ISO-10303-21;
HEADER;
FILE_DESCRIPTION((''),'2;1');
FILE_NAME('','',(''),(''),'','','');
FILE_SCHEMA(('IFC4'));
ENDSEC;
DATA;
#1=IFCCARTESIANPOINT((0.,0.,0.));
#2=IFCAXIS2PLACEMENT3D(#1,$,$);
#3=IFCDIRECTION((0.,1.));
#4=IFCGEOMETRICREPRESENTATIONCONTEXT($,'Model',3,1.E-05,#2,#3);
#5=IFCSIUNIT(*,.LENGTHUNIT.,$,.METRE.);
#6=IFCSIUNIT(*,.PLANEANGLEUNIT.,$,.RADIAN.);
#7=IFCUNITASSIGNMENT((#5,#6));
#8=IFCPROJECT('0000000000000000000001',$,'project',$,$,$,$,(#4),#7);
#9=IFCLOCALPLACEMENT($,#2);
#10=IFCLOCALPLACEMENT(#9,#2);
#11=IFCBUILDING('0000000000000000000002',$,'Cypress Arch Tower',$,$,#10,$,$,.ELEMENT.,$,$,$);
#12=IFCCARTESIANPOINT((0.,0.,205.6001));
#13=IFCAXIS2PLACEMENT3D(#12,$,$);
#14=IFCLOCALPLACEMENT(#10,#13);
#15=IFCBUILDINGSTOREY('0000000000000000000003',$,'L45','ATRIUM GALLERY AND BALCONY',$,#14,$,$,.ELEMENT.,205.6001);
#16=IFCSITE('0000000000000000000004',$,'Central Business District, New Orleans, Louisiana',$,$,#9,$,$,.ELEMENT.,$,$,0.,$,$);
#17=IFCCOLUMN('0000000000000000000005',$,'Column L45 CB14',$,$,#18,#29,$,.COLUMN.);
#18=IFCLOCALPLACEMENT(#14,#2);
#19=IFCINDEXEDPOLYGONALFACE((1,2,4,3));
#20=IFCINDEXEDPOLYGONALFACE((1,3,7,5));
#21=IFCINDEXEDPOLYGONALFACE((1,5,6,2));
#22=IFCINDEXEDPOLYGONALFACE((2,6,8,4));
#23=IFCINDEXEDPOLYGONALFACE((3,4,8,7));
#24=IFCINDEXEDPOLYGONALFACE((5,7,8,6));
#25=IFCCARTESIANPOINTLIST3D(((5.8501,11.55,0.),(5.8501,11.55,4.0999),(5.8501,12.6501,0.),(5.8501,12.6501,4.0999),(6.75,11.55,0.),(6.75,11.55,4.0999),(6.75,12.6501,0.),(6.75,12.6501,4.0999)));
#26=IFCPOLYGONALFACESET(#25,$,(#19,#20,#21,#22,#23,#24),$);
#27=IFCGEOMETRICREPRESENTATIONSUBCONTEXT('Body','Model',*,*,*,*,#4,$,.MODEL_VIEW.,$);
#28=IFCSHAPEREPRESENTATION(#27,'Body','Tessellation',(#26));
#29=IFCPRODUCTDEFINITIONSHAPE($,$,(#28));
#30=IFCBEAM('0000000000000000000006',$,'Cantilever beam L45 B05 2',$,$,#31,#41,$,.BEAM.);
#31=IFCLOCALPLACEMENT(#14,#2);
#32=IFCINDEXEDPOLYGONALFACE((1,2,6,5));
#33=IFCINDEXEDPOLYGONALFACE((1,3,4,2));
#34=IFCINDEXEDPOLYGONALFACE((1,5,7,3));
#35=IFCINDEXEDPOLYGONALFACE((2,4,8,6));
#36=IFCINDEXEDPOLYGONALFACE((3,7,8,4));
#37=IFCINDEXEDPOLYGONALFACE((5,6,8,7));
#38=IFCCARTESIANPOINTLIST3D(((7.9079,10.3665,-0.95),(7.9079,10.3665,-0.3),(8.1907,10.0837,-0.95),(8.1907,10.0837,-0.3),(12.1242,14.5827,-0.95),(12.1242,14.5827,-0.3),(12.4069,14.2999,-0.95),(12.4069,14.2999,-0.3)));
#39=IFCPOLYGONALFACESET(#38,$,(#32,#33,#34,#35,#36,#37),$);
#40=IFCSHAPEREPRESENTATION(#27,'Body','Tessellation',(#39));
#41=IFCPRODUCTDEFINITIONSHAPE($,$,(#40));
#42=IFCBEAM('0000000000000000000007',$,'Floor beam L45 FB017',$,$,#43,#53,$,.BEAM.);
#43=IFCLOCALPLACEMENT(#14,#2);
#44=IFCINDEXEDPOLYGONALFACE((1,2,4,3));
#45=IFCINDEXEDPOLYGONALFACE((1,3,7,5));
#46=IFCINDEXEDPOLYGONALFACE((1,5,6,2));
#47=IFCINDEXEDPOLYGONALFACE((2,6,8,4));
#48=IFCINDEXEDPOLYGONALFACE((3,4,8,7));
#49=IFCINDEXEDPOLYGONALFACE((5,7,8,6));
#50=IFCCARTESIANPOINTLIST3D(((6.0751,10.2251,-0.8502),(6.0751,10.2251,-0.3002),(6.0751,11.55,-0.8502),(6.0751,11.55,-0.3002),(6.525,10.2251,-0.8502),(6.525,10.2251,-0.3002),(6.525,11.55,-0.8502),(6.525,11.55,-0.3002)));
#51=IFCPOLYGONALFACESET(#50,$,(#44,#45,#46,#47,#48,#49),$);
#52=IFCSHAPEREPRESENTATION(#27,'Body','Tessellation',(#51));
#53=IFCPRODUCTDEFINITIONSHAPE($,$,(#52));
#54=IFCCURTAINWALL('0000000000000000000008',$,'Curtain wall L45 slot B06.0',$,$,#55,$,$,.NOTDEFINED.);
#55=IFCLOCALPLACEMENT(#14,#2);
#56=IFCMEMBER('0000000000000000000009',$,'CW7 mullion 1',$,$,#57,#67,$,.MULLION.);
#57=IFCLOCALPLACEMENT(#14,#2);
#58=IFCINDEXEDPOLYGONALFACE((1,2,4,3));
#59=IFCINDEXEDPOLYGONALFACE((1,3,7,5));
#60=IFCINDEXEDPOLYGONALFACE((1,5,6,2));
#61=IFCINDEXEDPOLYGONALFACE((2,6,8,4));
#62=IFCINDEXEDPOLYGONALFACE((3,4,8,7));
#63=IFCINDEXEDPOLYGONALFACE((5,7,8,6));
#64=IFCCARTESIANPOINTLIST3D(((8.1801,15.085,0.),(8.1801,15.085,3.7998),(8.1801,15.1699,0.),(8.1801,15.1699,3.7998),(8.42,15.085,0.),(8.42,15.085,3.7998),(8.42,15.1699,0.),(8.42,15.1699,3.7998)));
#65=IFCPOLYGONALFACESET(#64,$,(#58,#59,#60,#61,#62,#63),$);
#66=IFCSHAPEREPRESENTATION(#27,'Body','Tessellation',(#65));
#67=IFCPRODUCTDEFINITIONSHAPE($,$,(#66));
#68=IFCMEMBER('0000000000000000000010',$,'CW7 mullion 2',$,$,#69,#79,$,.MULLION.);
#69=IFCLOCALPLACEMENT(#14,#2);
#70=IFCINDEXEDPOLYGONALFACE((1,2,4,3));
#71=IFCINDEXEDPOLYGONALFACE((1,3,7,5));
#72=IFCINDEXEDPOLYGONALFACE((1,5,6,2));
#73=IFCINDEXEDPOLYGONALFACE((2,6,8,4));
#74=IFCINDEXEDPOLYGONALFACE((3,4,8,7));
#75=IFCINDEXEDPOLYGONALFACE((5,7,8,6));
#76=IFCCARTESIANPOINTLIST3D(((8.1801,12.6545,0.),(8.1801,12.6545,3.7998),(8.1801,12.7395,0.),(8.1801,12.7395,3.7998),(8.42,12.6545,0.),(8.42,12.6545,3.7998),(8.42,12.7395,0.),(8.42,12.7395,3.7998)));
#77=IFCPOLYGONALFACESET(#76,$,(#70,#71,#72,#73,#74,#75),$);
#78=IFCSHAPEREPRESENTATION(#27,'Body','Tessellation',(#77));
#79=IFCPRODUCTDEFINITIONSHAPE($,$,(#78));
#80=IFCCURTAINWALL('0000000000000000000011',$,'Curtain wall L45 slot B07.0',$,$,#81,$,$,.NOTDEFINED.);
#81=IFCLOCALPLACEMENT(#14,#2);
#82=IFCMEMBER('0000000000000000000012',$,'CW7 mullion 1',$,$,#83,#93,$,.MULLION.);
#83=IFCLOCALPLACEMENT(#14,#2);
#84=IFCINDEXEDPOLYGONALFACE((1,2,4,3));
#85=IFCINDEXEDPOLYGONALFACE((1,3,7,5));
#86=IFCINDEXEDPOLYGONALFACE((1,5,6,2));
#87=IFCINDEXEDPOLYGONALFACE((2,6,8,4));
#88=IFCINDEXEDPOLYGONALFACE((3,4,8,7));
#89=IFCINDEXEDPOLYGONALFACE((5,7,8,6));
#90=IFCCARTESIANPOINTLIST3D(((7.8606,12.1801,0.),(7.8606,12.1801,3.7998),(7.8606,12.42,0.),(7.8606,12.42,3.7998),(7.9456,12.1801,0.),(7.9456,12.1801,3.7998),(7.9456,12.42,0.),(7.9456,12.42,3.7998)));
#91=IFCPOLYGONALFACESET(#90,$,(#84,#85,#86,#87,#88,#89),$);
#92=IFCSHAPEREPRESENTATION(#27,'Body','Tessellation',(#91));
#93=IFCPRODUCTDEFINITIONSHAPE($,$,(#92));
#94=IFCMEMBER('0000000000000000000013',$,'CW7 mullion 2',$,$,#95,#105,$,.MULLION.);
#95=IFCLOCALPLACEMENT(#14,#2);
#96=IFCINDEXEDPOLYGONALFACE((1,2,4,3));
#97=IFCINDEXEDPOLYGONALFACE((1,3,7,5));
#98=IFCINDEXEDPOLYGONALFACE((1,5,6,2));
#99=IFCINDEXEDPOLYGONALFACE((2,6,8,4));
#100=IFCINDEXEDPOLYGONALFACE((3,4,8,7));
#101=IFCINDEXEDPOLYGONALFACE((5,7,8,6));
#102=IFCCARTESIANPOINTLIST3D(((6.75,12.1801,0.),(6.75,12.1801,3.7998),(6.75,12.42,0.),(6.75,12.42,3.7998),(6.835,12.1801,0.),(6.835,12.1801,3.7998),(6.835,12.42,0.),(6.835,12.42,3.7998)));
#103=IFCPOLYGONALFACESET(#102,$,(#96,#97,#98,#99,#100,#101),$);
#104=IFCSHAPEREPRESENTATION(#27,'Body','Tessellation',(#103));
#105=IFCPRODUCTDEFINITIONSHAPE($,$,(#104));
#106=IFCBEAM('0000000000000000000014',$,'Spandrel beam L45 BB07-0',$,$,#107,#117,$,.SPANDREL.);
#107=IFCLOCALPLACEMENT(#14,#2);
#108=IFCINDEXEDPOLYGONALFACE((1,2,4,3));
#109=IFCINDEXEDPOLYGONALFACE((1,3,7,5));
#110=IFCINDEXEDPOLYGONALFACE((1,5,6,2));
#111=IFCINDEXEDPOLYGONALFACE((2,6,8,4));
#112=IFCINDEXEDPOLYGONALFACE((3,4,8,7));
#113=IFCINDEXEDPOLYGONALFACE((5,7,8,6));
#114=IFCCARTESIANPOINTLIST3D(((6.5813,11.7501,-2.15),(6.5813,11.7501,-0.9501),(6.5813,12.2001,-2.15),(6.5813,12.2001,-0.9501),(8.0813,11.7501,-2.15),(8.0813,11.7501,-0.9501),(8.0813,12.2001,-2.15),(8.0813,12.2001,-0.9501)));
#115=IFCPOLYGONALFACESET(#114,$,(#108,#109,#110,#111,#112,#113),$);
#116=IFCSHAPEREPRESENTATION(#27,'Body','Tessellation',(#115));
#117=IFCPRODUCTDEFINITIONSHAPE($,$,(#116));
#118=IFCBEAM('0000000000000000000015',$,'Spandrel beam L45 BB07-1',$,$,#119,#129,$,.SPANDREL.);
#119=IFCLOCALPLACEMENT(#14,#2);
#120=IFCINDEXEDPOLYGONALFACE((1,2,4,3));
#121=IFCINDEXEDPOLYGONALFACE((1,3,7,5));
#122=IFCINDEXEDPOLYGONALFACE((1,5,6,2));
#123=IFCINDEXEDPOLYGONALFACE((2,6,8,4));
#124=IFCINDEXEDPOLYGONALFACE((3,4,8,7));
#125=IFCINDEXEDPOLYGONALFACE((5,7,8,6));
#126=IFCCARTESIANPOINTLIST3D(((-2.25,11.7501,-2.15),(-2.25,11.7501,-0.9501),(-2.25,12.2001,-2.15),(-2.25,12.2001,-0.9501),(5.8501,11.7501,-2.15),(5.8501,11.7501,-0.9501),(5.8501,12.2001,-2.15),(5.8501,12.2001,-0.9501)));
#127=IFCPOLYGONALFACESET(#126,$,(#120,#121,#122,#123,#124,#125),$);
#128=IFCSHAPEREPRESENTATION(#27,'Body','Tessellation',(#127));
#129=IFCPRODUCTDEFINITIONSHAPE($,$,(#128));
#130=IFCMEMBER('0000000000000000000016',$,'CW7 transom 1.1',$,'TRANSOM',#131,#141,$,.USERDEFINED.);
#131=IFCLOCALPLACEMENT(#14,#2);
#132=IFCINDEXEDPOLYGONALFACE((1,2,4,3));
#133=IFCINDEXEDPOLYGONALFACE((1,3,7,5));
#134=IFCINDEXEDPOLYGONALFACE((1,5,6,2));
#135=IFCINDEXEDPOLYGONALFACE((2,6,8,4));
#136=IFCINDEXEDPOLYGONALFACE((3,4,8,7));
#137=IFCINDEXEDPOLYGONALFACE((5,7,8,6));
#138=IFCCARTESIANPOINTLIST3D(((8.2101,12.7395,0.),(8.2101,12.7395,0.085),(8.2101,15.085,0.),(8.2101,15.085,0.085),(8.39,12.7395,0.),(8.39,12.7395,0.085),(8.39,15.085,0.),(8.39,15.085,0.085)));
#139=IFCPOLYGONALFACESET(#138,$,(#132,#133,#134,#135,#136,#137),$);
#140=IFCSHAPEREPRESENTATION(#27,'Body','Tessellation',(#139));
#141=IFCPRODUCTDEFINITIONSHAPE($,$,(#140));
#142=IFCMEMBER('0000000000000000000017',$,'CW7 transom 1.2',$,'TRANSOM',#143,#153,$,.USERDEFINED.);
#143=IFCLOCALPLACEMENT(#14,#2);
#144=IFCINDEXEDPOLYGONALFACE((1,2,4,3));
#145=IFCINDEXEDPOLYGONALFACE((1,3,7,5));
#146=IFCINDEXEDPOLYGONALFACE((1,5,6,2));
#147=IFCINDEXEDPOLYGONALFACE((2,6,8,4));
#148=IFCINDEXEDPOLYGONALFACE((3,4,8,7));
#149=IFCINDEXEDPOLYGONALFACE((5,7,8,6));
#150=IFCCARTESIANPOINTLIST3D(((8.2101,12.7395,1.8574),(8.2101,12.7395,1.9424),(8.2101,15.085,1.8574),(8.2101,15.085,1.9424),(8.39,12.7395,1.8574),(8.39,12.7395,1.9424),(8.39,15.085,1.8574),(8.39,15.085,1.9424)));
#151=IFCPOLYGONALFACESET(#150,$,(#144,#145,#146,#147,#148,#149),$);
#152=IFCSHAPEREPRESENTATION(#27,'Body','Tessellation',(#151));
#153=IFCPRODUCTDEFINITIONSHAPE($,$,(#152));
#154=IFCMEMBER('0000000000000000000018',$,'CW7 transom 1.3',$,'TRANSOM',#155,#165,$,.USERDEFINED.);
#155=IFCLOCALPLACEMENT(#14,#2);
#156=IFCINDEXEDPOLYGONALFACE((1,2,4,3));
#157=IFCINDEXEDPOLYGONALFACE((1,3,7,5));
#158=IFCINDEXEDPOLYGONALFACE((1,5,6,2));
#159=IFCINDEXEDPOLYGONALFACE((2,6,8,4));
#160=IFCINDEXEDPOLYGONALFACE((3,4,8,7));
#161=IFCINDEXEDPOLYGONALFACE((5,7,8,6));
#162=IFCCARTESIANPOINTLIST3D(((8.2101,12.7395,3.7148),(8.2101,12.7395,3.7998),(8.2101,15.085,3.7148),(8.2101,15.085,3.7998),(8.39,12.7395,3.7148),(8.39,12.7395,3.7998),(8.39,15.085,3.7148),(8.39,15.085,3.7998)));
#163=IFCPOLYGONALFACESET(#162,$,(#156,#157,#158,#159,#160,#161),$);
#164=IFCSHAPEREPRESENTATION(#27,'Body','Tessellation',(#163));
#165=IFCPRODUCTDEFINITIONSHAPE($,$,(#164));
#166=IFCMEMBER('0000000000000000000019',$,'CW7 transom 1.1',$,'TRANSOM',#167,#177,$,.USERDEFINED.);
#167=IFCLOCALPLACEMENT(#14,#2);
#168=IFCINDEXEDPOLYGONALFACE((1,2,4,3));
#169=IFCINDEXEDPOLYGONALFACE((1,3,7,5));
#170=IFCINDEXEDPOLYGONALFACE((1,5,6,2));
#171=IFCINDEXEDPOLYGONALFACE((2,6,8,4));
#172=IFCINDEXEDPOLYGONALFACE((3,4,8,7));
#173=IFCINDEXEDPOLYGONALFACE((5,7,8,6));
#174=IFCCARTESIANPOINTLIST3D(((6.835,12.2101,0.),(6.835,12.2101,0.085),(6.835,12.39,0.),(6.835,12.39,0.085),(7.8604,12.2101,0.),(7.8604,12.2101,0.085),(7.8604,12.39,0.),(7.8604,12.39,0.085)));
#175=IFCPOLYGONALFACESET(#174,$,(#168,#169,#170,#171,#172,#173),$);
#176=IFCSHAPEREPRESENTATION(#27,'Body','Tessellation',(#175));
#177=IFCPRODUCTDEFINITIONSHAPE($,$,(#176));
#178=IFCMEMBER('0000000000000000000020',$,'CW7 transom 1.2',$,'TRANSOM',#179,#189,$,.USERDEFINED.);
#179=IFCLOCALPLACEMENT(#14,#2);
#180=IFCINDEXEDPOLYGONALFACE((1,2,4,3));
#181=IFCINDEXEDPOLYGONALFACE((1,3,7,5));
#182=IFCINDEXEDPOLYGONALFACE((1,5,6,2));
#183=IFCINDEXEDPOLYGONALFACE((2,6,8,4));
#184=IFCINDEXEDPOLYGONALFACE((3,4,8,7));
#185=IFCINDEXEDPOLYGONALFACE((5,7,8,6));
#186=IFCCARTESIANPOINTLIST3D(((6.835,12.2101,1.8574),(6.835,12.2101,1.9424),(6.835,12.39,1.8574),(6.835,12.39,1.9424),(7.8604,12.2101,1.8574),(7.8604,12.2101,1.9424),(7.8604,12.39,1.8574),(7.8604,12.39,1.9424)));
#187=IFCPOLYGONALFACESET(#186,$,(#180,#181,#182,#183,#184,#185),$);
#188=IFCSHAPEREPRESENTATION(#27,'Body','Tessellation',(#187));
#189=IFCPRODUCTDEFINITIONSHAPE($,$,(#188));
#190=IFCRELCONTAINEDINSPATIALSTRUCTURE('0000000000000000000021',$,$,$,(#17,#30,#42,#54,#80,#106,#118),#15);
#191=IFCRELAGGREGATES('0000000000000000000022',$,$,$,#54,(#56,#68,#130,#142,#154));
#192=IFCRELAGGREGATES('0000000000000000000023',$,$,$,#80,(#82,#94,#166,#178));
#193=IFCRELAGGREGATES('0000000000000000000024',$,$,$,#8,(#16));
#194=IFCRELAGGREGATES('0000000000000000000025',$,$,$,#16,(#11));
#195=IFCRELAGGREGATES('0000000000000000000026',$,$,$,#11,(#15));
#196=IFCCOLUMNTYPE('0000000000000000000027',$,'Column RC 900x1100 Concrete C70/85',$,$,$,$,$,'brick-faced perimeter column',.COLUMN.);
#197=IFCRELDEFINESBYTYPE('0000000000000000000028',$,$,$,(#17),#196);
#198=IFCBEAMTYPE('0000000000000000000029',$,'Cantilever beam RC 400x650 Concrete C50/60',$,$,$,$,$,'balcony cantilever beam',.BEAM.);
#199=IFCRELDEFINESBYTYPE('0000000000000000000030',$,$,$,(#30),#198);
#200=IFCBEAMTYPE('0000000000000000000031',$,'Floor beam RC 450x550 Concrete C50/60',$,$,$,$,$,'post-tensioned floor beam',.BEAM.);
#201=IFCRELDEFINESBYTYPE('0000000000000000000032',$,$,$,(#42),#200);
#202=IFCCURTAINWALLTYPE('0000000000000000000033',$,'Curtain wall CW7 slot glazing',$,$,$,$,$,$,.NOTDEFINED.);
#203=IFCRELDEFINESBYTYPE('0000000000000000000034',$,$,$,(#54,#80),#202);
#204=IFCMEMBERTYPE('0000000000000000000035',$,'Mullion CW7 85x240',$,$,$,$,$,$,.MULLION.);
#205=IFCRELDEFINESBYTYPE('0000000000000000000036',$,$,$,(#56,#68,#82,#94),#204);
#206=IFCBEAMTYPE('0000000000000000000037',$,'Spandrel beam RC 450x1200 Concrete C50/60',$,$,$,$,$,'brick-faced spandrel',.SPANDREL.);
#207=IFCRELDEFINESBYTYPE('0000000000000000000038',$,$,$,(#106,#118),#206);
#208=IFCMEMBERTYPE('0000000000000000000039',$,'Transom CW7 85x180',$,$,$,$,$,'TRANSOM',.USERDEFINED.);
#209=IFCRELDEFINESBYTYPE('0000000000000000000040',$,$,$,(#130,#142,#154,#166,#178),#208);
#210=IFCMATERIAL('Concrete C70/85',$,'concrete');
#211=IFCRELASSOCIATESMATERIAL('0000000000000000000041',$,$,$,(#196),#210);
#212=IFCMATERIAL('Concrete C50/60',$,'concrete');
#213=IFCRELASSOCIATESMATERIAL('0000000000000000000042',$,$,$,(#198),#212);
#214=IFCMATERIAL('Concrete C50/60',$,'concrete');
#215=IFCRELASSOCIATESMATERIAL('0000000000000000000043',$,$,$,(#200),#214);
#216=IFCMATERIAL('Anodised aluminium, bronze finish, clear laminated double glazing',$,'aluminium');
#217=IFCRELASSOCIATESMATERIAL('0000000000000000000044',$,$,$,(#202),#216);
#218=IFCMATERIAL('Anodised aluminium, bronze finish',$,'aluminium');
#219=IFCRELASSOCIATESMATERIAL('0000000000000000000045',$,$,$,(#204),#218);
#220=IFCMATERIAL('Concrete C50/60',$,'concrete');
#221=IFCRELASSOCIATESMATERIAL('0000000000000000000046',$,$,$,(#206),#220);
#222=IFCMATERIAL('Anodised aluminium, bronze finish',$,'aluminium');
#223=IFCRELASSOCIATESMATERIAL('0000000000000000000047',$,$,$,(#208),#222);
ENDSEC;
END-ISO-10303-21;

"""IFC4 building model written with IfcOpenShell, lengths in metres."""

from ifc_helpers import new_model, si_unit, direction, frame, origin, origin_2d, place, context, subcontext, project, spatial, rectangle, extrude, material, material_profile, profile_set, type_object, element, aggregate, save


model = new_model("IFC4")

# Units and contexts
model_context = context("Model", 3, precision=1e-05, world=origin(), true_north=direction((0.0, 1.0)))
body_context = subcontext(model_context, "Body", "Model", "MODEL_VIEW")
ifc_project = project(units=[si_unit("LENGTHUNIT", "METRE"), si_unit("PLANEANGLEUNIT", "RADIAN")], contexts=[model_context])

# Site, building, storey
site_placement = place(None, origin())
site = spatial("IfcSite", under=ifc_project, at=site_placement, Name="Central Business District, New Orleans, Louisiana", CompositionType="ELEMENT", RefElevation=0.0)
building_placement = place(site_placement, origin())
building = spatial("IfcBuilding", under=site, at=building_placement, Name="Cypress Arch Tower", CompositionType="ELEMENT")
storey_placement = place(building_placement, frame((0.0, 0.0, 205.6001)))
storey = spatial("IfcBuildingStorey", under=building, at=storey_placement, Name="L45", Description="ATRIUM GALLERY AND BALCONY", CompositionType="ELEMENT", Elevation=205.6001)

# Column
ifc_material_1 = material(Name="Concrete C70/85", Category="concrete")
ifc_material_profile_1 = material_profile(ifc_material_1, rectangle(XDim=0.8999, YDim=1.1001, at=origin_2d()), Name="RC 900x1100")
ifc_profile_set_1 = profile_set([ifc_material_profile_1], Name="Concrete C70/85")
column_type = type_object("IfcColumnType", Name="Column RC 900x1100 Concrete C70/85", ElementType="brick-faced perimeter column", PredefinedType="COLUMN", material=ifc_profile_set_1)
column_placement = place(storey_placement, frame((6.3, 12.1001, 0.0), z_axis=(0.0, 0.0, 1.0), x_axis=(-1.0, 0.0, 0.0)))
element("IfcColumn", 1, at=column_placement, inside=storey, type_object=column_type, Name="Column L45 CB14", PredefinedType="COLUMN", context=body_context, shape_type="SweptSolid", body=[
    extrude(rectangle(XDim=0.8999, YDim=1.1001, at=origin_2d()), origin(), (0.0, 0.0, 1.0), 4.0999),
])

# Beams
ifc_material_2 = material(Name="Concrete C50/60", Category="concrete")
ifc_material_profile_2 = material_profile(ifc_material_2, rectangle(XDim=0.3999, YDim=0.6499, at=origin_2d()), Name="RC 400x650")
ifc_profile_set_2 = profile_set([ifc_material_profile_2], Name="Concrete C50/60")
beam_type_1 = type_object("IfcBeamType", Name="Cantilever beam RC 400x650 Concrete C50/60", ElementType="balcony cantilever beam", PredefinedType="BEAM", material=ifc_profile_set_2)
beam_1_placement = place(storey_placement, frame((8.0493, 10.2251, -0.625), z_axis=(0.707107, 0.707107, 0.0), x_axis=(-0.707107, 0.707107, 0.0)))
element("IfcBeam", 2, at=beam_1_placement, inside=storey, type_object=beam_type_1, Name="Cantilever beam L45 B05 2", PredefinedType="BEAM", context=body_context, shape_type="SweptSolid", body=[
    extrude(rectangle(XDim=0.3999, YDim=0.6499, at=origin_2d()), origin(), (0.0, 0.0, 1.0), 5.9626),
])
ifc_material_3 = material(Name="Concrete C50/60", Category="concrete")
ifc_material_profile_3 = material_profile(ifc_material_3, rectangle(XDim=0.45, YDim=0.55, at=origin_2d()), Name="RC 450x550")
ifc_profile_set_3 = profile_set([ifc_material_profile_3], Name="Concrete C50/60")
beam_type_2 = type_object("IfcBeamType", Name="Floor beam RC 450x550 Concrete C50/60", ElementType="post-tensioned floor beam", PredefinedType="BEAM", material=ifc_profile_set_3)
beam_2_placement = place(storey_placement, frame((6.3, 10.2251, -0.5752), z_axis=(0.0, 1.0, 0.0), x_axis=(-1.0, 0.0, 0.0)))
element("IfcBeam", 3, at=beam_2_placement, inside=storey, type_object=beam_type_2, Name="Floor beam L45 FB017", PredefinedType="BEAM", context=body_context, shape_type="SweptSolid", body=[
    extrude(rectangle(XDim=0.45, YDim=0.55, at=origin_2d()), origin(), (0.0, 0.0, 1.0), 1.325),
])

# Curtain walls, members
ifc_material_4 = material(Name="Anodised aluminium, bronze finish, clear laminated double glazing", Category="aluminium")
curtain_wall_type = type_object("IfcCurtainWallType", Name="Curtain wall CW7 slot glazing", PredefinedType="NOTDEFINED", material=ifc_material_4)
curtain_wall_1_placement = place(storey_placement, origin())
curtain_wall_1 = element("IfcCurtainWall", 4, at=curtain_wall_1_placement, inside=storey, type_object=curtain_wall_type, Name="Curtain wall L45 slot B06.0", PredefinedType="NOTDEFINED")
ifc_material_5 = material(Name="Anodised aluminium, bronze finish", Category="aluminium")
ifc_material_profile_4 = material_profile(ifc_material_5, rectangle(XDim=0.24, YDim=0.085, at=origin_2d()), Name="Mullion 85x240")
ifc_profile_set_4 = profile_set([ifc_material_profile_4], Name="Anodised aluminium, bronze finish")
member_type_1 = type_object("IfcMemberType", Name="Mullion CW7 85x240", PredefinedType="MULLION", material=ifc_profile_set_4)
member_1_placement = place(storey_placement, frame((8.3, 15.1274, 0.0), z_axis=(0.0, 0.0, 1.0), x_axis=(1.0, 0.0, 0.0)))
member_1 = element("IfcMember", 5, at=member_1_placement, type_object=member_type_1, Name="CW7 mullion 1", PredefinedType="MULLION", context=body_context, shape_type="SweptSolid", body=[
    extrude(rectangle(XDim=0.24, YDim=0.085, at=origin_2d()), origin(), (0.0, 0.0, 1.0), 3.7998),
])
member_2_placement = place(storey_placement, frame((8.3, 12.697, 0.0), z_axis=(0.0, 0.0, 1.0), x_axis=(1.0, 0.0, 0.0)))
member_2 = element("IfcMember", 6, at=member_2_placement, type_object=member_type_1, Name="CW7 mullion 2", PredefinedType="MULLION", context=body_context, shape_type="SweptSolid", body=[
    extrude(rectangle(XDim=0.24, YDim=0.085, at=origin_2d()), origin(), (0.0, 0.0, 1.0), 3.7998),
])
curtain_wall_2_placement = place(storey_placement, origin())
curtain_wall_2 = element("IfcCurtainWall", 7, at=curtain_wall_2_placement, inside=storey, type_object=curtain_wall_type, Name="Curtain wall L45 slot B07.0", PredefinedType="NOTDEFINED")
member_3_placement = place(storey_placement, frame((7.9031, 12.3, 0.0), z_axis=(0.0, 0.0, 1.0), x_axis=(0.0, -1.0, 0.0)))
member_3 = element("IfcMember", 8, at=member_3_placement, type_object=member_type_1, Name="CW7 mullion 1", PredefinedType="MULLION", context=body_context, shape_type="SweptSolid", body=[
    extrude(rectangle(XDim=0.24, YDim=0.085, at=origin_2d()), origin(), (0.0, 0.0, 1.0), 3.7998),
])
member_4_placement = place(storey_placement, frame((6.7925, 12.3, 0.0), z_axis=(0.0, 0.0, 1.0), x_axis=(0.0, -1.0, 0.0)))
member_4 = element("IfcMember", 9, at=member_4_placement, type_object=member_type_1, Name="CW7 mullion 2", PredefinedType="MULLION", context=body_context, shape_type="SweptSolid", body=[
    extrude(rectangle(XDim=0.24, YDim=0.085, at=origin_2d()), origin(), (0.0, 0.0, 1.0), 3.7998),
])

# Beams
ifc_material_6 = material(Name="Concrete C50/60", Category="concrete")
ifc_material_profile_5 = material_profile(ifc_material_6, rectangle(XDim=0.45, YDim=1.2, at=origin_2d()), Name="RC 450x1200")
ifc_profile_set_5 = profile_set([ifc_material_profile_5], Name="Concrete C50/60")
beam_type_3 = type_object("IfcBeamType", Name="Spandrel beam RC 450x1200 Concrete C50/60", ElementType="brick-faced spandrel", PredefinedType="SPANDREL", material=ifc_profile_set_5)
beam_3_placement = place(storey_placement, frame((8.0813, 11.9751, -1.55), z_axis=(-1.0, 0.0, 0.0), x_axis=(0.0, -1.0, 0.0)))
element("IfcBeam", 10, at=beam_3_placement, inside=storey, type_object=beam_type_3, Name="Spandrel beam L45 BB07-0", PredefinedType="SPANDREL", context=body_context, shape_type="SweptSolid", body=[
    extrude(rectangle(XDim=0.45, YDim=1.2, at=origin_2d()), origin(), (0.0, 0.0, 1.0), 1.5),
])
beam_4_placement = place(storey_placement, frame((5.8501, 11.9751, -1.55), z_axis=(-1.0, 0.0, 0.0), x_axis=(0.0, -1.0, 0.0)))
element("IfcBeam", 11, at=beam_4_placement, inside=storey, type_object=beam_type_3, Name="Spandrel beam L45 BB07-1", PredefinedType="SPANDREL", context=body_context, shape_type="SweptSolid", body=[
    extrude(rectangle(XDim=0.45, YDim=1.2, at=origin_2d()), origin(), (0.0, 0.0, 1.0), 8.1001),
])

# Members
ifc_material_7 = material(Name="Anodised aluminium, bronze finish", Category="aluminium")
ifc_material_profile_6 = material_profile(ifc_material_7, rectangle(XDim=0.1799, YDim=0.085, at=origin_2d()), Name="Transom 85x180")
ifc_profile_set_6 = profile_set([ifc_material_profile_6], Name="Anodised aluminium, bronze finish")
member_type_2 = type_object("IfcMemberType", Name="Transom CW7 85x180", ElementType="TRANSOM", PredefinedType="USERDEFINED", material=ifc_profile_set_6)
member_5_placement = place(storey_placement, frame((8.3, 15.085, 0.0425), z_axis=(0.0, -1.0, 0.0), x_axis=(1.0, 0.0, 0.0)))
member_5 = element("IfcMember", 12, at=member_5_placement, type_object=member_type_2, Name="CW7 transom 1.1", ObjectType="TRANSOM", PredefinedType="USERDEFINED", context=body_context, shape_type="SweptSolid", body=[
    extrude(rectangle(XDim=0.1799, YDim=0.085, at=origin_2d()), origin(), (0.0, 0.0, 1.0), 2.3455),
])
member_6_placement = place(storey_placement, frame((8.3, 15.085, 1.8999), z_axis=(0.0, -1.0, 0.0), x_axis=(1.0, 0.0, 0.0)))
member_6 = element("IfcMember", 13, at=member_6_placement, type_object=member_type_2, Name="CW7 transom 1.2", ObjectType="TRANSOM", PredefinedType="USERDEFINED", context=body_context, shape_type="SweptSolid", body=[
    extrude(rectangle(XDim=0.1799, YDim=0.085, at=origin_2d()), origin(), (0.0, 0.0, 1.0), 2.3455),
])
member_7_placement = place(storey_placement, frame((8.3, 15.085, 3.7573), z_axis=(0.0, -1.0, 0.0), x_axis=(1.0, 0.0, 0.0)))
member_7 = element("IfcMember", 14, at=member_7_placement, type_object=member_type_2, Name="CW7 transom 1.3", ObjectType="TRANSOM", PredefinedType="USERDEFINED", context=body_context, shape_type="SweptSolid", body=[
    extrude(rectangle(XDim=0.1799, YDim=0.085, at=origin_2d()), origin(), (0.0, 0.0, 1.0), 2.3455),
])
member_8_placement = place(storey_placement, frame((7.8604, 12.3, 0.0425), z_axis=(-1.0, 0.0, 0.0), x_axis=(0.0, -1.0, 0.0)))
member_8 = element("IfcMember", 15, at=member_8_placement, type_object=member_type_2, Name="CW7 transom 1.1", ObjectType="TRANSOM", PredefinedType="USERDEFINED", context=body_context, shape_type="SweptSolid", body=[
    extrude(rectangle(XDim=0.1799, YDim=0.085, at=origin_2d()), origin(), (0.0, 0.0, 1.0), 1.0254),
])
member_9_placement = place(storey_placement, frame((7.8604, 12.3, 1.8999), z_axis=(-1.0, 0.0, 0.0), x_axis=(0.0, -1.0, 0.0)))
member_9 = element("IfcMember", 16, at=member_9_placement, type_object=member_type_2, Name="CW7 transom 1.2", ObjectType="TRANSOM", PredefinedType="USERDEFINED", context=body_context, shape_type="SweptSolid", body=[
    extrude(rectangle(XDim=0.1799, YDim=0.085, at=origin_2d()), origin(), (0.0, 0.0, 1.0), 1.0254),
])

aggregate(curtain_wall_1, [member_1, member_2, member_5, member_6, member_7])
aggregate(curtain_wall_2, [member_3, member_4, member_8, member_9])

save(model, "model.ifc")
